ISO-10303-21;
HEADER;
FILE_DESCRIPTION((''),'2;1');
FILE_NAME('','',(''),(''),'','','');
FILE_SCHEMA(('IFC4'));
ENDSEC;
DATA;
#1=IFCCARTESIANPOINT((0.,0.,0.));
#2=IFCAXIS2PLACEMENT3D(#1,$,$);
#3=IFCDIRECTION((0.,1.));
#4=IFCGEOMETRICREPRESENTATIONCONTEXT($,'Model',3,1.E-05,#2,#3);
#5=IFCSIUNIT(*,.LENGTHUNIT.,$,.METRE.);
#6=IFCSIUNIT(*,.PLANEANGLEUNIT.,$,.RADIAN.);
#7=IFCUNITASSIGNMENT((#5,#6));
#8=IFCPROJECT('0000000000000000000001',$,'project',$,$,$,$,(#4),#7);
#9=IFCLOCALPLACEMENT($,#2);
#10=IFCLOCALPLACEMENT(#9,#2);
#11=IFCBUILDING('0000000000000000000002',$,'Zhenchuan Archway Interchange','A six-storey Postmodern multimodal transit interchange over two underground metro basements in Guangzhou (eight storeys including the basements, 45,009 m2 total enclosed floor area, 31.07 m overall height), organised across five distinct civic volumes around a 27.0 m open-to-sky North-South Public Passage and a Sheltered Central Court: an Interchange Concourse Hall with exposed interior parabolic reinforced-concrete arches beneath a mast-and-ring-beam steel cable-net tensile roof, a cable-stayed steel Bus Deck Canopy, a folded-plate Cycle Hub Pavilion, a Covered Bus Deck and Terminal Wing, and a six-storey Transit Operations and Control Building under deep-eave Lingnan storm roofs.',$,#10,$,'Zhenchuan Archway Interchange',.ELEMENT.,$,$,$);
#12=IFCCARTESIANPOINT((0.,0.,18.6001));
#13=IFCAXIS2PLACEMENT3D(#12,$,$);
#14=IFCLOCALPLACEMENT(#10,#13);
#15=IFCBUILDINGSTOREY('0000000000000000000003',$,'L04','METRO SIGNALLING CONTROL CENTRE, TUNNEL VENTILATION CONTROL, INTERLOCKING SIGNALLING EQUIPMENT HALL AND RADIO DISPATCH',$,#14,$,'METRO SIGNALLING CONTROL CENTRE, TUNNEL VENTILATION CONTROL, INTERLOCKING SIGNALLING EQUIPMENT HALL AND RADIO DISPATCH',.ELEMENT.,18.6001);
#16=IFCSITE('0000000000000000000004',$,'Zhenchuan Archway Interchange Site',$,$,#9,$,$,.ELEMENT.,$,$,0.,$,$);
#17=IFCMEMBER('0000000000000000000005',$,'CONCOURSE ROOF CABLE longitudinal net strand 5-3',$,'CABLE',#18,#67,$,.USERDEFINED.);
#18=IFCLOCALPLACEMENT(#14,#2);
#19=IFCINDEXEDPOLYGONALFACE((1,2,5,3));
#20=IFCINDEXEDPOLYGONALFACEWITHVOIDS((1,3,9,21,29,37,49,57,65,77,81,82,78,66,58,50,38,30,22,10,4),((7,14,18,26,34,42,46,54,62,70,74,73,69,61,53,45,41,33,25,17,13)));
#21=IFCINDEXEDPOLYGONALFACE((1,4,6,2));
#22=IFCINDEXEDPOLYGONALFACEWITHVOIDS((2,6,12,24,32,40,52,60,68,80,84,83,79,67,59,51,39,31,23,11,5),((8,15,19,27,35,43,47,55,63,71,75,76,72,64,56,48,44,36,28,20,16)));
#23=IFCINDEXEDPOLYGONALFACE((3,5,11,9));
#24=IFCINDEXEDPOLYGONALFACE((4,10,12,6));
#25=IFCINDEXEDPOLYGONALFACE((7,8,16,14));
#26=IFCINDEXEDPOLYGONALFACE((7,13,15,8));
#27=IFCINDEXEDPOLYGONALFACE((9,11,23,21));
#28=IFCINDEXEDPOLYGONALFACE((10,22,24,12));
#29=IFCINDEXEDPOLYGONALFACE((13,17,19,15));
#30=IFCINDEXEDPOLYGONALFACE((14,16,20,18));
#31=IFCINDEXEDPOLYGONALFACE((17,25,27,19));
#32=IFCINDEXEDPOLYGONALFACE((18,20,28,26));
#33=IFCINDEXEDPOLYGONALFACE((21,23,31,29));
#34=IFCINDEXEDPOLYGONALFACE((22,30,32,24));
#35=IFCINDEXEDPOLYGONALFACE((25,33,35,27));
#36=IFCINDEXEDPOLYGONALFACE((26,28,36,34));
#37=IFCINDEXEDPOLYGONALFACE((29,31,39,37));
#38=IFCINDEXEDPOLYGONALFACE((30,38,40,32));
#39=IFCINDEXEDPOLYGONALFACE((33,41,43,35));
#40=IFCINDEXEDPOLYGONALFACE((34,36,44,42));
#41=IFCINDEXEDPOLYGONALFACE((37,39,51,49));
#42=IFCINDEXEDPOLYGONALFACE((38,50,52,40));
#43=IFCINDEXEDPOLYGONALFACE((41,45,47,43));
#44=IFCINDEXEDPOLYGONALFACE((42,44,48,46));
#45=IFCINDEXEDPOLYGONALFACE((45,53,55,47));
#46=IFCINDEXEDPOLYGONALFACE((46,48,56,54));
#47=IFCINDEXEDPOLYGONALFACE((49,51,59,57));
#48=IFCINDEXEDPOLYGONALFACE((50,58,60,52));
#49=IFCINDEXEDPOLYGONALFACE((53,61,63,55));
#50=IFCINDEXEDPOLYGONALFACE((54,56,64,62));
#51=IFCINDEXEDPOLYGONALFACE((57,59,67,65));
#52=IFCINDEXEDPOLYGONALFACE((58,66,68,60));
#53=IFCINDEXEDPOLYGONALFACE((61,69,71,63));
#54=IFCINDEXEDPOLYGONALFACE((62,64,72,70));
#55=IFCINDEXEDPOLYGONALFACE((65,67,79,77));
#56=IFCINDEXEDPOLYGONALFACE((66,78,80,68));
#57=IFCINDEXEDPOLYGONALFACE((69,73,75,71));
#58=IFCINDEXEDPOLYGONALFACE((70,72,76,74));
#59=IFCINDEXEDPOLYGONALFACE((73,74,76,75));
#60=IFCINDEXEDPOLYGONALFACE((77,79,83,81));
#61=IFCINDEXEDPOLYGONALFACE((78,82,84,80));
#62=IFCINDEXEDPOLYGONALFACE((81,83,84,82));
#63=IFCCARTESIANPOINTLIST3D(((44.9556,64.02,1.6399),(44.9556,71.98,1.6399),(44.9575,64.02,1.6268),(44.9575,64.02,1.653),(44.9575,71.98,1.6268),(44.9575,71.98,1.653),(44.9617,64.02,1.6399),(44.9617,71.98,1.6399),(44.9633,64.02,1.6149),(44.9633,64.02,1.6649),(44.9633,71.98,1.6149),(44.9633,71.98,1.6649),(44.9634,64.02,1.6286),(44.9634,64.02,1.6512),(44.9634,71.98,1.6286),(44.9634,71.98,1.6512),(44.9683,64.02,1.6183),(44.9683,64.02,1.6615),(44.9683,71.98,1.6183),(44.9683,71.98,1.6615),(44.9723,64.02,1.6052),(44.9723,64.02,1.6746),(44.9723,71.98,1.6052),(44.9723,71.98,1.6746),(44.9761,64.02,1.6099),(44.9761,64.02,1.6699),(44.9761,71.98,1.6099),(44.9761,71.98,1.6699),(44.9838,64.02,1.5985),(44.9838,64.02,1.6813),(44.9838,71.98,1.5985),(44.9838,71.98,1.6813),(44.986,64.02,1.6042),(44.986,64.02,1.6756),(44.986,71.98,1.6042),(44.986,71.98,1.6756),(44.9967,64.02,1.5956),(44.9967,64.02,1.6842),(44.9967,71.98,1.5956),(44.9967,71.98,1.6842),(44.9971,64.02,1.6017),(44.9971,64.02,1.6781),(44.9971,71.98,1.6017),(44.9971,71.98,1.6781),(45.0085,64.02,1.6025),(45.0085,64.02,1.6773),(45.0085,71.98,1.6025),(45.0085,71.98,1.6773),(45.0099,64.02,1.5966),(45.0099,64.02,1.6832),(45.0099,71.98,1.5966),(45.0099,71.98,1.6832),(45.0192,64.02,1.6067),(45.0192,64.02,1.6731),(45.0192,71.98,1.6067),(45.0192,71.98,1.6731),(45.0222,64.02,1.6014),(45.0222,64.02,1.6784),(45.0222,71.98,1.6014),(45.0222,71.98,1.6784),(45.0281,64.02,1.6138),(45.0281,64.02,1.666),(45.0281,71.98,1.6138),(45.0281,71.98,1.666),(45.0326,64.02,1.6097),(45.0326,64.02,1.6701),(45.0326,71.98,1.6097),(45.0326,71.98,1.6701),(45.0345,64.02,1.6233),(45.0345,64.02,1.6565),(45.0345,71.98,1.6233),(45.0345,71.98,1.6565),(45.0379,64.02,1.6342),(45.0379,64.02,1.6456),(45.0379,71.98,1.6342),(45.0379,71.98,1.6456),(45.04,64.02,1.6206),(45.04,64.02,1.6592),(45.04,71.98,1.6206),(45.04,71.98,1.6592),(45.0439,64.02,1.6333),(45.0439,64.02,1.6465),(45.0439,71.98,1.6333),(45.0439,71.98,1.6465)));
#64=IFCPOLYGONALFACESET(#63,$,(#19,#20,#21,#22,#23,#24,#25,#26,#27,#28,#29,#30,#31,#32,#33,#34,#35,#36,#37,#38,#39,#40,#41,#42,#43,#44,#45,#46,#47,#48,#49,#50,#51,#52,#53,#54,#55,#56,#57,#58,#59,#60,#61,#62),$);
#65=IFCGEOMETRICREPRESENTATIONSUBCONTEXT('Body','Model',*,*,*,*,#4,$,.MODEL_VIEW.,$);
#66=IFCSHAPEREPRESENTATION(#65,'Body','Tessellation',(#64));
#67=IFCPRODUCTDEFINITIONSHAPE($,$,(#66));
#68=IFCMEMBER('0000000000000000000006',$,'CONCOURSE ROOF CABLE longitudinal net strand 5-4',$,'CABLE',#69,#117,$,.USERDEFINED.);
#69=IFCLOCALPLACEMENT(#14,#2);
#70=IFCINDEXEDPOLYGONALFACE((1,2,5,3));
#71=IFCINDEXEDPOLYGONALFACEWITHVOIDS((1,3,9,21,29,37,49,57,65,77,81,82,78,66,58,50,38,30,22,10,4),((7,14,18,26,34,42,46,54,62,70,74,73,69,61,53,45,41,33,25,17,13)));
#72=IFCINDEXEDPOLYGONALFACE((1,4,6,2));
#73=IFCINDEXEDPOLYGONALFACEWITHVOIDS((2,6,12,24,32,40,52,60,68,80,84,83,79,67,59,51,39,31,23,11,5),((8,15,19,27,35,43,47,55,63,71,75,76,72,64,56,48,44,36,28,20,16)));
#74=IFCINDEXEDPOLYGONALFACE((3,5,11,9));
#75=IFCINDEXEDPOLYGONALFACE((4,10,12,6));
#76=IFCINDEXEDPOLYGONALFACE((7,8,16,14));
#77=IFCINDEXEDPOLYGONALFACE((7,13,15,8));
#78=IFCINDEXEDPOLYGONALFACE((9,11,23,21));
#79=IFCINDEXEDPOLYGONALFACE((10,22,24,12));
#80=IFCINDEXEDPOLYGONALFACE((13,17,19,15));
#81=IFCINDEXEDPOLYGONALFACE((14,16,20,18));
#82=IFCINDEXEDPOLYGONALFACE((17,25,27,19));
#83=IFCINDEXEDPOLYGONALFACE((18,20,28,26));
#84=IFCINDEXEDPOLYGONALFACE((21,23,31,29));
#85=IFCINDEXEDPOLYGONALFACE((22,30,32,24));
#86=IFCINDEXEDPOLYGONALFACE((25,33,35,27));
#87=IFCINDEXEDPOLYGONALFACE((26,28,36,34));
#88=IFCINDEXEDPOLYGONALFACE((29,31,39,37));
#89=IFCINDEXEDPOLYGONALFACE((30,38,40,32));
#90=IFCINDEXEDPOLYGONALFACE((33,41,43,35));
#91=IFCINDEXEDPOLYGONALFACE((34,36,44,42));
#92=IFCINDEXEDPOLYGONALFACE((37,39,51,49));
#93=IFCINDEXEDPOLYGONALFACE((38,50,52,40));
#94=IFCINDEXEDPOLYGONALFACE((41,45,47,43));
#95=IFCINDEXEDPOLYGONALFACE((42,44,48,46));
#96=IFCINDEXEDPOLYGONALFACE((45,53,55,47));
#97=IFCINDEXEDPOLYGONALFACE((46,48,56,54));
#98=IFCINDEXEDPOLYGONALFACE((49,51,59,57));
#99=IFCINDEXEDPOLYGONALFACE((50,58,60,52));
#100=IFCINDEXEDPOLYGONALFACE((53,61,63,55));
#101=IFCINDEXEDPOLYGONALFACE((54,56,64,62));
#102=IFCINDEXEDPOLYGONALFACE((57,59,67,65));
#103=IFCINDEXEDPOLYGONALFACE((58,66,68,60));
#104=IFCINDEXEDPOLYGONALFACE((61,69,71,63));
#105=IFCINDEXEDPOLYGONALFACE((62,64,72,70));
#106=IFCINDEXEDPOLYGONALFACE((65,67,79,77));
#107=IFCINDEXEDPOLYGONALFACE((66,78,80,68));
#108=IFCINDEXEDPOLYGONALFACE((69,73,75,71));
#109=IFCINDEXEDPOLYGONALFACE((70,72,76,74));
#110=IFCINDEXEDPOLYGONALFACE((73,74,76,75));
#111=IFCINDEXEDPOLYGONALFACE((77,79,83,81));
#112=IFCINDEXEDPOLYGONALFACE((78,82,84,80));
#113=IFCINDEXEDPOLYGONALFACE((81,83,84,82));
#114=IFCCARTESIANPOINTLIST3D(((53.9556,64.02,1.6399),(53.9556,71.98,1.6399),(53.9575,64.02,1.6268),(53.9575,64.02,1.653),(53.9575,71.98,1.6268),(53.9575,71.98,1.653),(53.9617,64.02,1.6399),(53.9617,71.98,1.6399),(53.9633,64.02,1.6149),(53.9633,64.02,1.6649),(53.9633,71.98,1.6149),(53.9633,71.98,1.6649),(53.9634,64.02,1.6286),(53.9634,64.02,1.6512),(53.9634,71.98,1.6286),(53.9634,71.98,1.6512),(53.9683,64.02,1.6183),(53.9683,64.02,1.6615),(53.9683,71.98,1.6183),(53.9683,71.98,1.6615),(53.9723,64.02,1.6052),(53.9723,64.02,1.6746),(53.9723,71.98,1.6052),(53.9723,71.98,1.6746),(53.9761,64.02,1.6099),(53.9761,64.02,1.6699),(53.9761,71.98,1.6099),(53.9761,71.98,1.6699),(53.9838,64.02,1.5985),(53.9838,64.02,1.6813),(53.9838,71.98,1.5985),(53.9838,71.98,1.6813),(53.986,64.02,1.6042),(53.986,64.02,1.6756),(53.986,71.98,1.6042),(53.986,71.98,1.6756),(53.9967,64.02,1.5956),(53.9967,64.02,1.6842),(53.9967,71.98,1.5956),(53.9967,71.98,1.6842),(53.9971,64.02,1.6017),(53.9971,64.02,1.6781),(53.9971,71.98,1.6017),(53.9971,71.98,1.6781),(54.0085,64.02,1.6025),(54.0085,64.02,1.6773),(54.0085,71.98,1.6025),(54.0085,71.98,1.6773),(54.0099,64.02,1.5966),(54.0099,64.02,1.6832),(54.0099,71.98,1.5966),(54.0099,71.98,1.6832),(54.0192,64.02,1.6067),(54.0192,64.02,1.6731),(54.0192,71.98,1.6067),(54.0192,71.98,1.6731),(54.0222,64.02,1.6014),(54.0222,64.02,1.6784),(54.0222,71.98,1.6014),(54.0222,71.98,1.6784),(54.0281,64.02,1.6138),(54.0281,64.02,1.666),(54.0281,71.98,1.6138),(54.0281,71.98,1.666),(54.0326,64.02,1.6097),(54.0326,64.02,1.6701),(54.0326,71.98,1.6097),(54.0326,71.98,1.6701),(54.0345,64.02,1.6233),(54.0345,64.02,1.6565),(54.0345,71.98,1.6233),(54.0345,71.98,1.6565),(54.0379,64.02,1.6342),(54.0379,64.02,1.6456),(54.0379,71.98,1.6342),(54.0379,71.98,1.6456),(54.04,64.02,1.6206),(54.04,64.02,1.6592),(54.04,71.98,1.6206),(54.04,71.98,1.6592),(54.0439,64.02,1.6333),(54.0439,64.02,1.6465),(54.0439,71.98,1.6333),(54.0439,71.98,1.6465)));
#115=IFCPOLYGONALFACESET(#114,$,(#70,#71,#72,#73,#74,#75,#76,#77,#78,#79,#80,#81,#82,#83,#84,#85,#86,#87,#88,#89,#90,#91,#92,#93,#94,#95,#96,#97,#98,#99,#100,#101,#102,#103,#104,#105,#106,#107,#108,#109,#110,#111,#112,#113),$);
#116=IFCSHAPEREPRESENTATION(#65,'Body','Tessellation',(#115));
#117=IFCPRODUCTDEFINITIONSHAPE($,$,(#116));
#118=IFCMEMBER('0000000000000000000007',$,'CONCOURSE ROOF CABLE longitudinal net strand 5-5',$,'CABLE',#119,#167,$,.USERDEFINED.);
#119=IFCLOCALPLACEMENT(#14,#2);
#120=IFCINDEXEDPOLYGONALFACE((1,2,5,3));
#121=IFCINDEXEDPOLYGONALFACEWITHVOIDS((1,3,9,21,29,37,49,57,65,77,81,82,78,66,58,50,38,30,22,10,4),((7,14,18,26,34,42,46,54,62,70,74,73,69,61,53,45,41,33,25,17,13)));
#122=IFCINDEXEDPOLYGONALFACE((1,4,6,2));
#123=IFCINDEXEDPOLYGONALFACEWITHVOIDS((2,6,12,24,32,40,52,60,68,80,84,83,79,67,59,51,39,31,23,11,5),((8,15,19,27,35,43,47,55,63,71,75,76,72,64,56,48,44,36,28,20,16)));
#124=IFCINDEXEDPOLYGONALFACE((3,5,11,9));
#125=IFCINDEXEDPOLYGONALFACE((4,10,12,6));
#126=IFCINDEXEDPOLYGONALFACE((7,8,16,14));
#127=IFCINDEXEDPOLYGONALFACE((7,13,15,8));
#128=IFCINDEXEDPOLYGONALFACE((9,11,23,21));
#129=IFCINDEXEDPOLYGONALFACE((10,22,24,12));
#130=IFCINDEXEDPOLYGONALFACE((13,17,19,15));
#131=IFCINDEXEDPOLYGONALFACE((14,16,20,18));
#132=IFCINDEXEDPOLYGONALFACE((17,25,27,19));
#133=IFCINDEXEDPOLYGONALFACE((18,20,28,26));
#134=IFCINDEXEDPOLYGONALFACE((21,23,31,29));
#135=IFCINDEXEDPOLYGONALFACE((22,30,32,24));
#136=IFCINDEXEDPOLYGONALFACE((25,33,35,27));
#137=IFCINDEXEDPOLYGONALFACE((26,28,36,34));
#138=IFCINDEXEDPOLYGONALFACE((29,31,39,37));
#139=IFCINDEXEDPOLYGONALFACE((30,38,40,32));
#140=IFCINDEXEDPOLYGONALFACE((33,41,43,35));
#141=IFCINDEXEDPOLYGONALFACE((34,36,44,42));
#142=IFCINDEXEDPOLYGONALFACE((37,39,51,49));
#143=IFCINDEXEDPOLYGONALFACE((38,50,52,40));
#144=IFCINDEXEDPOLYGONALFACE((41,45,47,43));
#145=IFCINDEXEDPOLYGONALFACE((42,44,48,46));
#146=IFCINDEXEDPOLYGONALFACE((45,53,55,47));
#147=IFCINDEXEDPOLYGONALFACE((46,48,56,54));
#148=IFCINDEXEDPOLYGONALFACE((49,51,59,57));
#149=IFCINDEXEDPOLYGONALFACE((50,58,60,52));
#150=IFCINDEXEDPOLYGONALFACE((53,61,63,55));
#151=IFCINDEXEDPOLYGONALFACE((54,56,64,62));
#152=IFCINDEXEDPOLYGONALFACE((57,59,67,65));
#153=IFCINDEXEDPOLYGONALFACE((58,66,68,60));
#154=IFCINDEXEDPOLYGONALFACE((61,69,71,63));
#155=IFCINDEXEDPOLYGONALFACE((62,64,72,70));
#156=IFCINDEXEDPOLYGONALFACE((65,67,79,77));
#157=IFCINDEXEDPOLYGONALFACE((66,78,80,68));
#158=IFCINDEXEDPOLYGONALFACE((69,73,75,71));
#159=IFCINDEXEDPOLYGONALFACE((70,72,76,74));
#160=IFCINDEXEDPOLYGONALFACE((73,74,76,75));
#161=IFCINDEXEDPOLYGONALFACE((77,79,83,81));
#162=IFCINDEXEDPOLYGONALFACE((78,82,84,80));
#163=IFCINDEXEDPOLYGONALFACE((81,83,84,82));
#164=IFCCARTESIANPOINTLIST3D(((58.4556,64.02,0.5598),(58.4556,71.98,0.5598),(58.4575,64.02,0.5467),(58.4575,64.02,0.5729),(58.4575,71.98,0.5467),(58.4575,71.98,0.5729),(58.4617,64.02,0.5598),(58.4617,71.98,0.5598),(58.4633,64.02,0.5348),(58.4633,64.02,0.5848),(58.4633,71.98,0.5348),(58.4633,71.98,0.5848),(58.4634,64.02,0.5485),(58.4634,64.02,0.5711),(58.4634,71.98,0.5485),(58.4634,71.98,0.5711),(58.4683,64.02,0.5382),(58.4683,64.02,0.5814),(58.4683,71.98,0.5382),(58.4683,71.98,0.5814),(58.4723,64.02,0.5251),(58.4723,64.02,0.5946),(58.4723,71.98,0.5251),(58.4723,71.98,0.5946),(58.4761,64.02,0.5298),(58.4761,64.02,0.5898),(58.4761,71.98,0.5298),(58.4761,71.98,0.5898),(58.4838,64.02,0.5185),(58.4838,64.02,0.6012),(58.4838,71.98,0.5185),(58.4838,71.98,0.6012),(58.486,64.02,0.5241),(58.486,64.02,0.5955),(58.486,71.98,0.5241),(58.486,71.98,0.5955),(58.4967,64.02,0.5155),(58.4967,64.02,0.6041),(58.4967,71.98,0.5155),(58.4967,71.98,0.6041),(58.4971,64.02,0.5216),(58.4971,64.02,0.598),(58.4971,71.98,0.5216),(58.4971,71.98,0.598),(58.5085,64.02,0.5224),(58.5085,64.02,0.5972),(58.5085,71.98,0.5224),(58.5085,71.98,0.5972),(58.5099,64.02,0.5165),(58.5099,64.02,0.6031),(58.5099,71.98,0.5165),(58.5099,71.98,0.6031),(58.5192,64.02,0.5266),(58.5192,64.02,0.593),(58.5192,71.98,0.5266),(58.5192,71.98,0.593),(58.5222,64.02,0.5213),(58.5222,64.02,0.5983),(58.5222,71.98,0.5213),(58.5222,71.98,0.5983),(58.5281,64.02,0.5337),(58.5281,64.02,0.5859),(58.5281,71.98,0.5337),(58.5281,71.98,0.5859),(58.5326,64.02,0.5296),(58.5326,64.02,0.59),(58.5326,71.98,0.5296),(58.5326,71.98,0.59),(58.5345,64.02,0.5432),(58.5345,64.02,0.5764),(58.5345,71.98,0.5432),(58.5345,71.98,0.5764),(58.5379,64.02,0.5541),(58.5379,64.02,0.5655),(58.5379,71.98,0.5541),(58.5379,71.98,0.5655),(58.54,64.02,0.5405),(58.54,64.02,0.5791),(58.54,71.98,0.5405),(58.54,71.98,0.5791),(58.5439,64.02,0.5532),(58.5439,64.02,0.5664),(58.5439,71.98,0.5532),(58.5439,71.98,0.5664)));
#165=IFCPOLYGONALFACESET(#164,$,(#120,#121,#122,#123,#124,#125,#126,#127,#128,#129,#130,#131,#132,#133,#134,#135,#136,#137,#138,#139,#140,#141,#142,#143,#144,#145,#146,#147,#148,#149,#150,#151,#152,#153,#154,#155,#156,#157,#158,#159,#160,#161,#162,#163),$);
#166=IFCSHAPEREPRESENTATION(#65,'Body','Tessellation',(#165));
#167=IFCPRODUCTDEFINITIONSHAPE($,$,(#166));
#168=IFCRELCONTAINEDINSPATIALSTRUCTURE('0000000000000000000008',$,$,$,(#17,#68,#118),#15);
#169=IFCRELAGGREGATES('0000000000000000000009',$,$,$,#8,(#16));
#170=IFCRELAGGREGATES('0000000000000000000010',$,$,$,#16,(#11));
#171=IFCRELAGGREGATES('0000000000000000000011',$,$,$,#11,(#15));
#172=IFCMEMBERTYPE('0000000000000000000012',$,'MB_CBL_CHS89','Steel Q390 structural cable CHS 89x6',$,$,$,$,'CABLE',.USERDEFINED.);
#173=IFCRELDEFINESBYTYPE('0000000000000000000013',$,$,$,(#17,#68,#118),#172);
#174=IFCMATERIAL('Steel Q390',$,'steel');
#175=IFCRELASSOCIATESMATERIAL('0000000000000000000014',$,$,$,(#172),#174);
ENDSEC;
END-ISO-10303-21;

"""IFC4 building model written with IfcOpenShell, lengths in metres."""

from ifc_helpers import new_model, si_unit, direction, frame, origin, origin_2d, place, context, subcontext, project, spatial, hollow_circle, extrude, material, material_profile, profile_set, type_object, element, save


model = new_model("IFC4")

# Units and contexts
model_context = context("Model", 3, precision=1e-05, world=origin(), true_north=direction((0.0, 1.0)))
body_context = subcontext(model_context, "Body", "Model", "MODEL_VIEW")
ifc_project = project(units=[si_unit("LENGTHUNIT", "METRE"), si_unit("PLANEANGLEUNIT", "RADIAN")], contexts=[model_context])

# Site, building, storey
site_placement = place(None, origin())
site = spatial("IfcSite", under=ifc_project, at=site_placement, Name="Zhenchuan Archway Interchange Site", CompositionType="ELEMENT", RefElevation=0.0)
building_placement = place(site_placement, origin())
building = spatial("IfcBuilding", under=site, at=building_placement, Name="Zhenchuan Archway Interchange", Description="A six-storey Postmodern multimodal transit interchange over two underground metro basements in Guangzhou (eight storeys including the basements, 45,009 m2 total enclosed floor area, 31.07 m overall height), organised across five distinct civic volumes around a 27.0 m open-to-sky North-South Public Passage and a Sheltered Central Court: an Interchange Concourse Hall with exposed interior parabolic reinforced-concrete arches beneath a mast-and-ring-beam steel cable-net tensile roof, a cable-stayed steel Bus Deck Canopy, a folded-plate Cycle Hub Pavilion, a Covered Bus Deck and Terminal Wing, and a six-storey Transit Operations and Control Building under deep-eave Lingnan storm roofs.", LongName="Zhenchuan Archway Interchange", CompositionType="ELEMENT")
storey_placement = place(building_placement, frame((0.0, 0.0, 18.6001)))
storey = spatial("IfcBuildingStorey", under=building, at=storey_placement, Name="L04", Description="METRO SIGNALLING CONTROL CENTRE, TUNNEL VENTILATION CONTROL, INTERLOCKING SIGNALLING EQUIPMENT HALL AND RADIO DISPATCH", LongName="METRO SIGNALLING CONTROL CENTRE, TUNNEL VENTILATION CONTROL, INTERLOCKING SIGNALLING EQUIPMENT HALL AND RADIO DISPATCH", CompositionType="ELEMENT", Elevation=18.6001)

# Shared definitions
ifc_material_1 = material(Name="Steel Q390", Category="steel")

# Members
ifc_material_profile_1 = material_profile(ifc_material_1, hollow_circle(Radius=0.0444, WallThickness=0.0061, at=origin_2d()), Name="CHS 89x6")
ifc_profile_set_1 = profile_set([ifc_material_profile_1], Name="Steel Q390")
member_type_1 = type_object("IfcMemberType", Name="MB_CBL_CHS89", Description="Steel Q390 structural cable CHS 89x6", ElementType="CABLE", PredefinedType="USERDEFINED", material=ifc_profile_set_1)
for number, where, z_axis, x_axis, name in (
    (1, (45.0, 64.02, 1.6399), (0.0, 1.0, 0.0), (-1.0, 0.0, 0.0), "CONCOURSE ROOF CABLE longitudinal net strand 5-3"),
    (2, (54.0, 64.02, 1.6399), (0.0, 1.0, 0.0), (-1.0, 0.0, 0.0), "CONCOURSE ROOF CABLE longitudinal net strand 5-4"),
    (3, (58.5, 64.02, 0.5598), (0.0, 1.0, 0.0), (-1.0, 0.0, 0.0), "CONCOURSE ROOF CABLE longitudinal net strand 5-5"),
):
    element("IfcMember", number, at=place(storey_placement, frame(where, z_axis=z_axis, x_axis=x_axis)), inside=storey, type_object=member_type_1, Name=name, ObjectType="CABLE", PredefinedType="USERDEFINED", context=body_context, shape_type="SweptSolid", body=[
        extrude(hollow_circle(Radius=0.0444, WallThickness=0.0061, at=origin_2d()), origin(), (0.0, 0.0, 1.0), 7.96),
    ])

save(model, "model.ifc")
